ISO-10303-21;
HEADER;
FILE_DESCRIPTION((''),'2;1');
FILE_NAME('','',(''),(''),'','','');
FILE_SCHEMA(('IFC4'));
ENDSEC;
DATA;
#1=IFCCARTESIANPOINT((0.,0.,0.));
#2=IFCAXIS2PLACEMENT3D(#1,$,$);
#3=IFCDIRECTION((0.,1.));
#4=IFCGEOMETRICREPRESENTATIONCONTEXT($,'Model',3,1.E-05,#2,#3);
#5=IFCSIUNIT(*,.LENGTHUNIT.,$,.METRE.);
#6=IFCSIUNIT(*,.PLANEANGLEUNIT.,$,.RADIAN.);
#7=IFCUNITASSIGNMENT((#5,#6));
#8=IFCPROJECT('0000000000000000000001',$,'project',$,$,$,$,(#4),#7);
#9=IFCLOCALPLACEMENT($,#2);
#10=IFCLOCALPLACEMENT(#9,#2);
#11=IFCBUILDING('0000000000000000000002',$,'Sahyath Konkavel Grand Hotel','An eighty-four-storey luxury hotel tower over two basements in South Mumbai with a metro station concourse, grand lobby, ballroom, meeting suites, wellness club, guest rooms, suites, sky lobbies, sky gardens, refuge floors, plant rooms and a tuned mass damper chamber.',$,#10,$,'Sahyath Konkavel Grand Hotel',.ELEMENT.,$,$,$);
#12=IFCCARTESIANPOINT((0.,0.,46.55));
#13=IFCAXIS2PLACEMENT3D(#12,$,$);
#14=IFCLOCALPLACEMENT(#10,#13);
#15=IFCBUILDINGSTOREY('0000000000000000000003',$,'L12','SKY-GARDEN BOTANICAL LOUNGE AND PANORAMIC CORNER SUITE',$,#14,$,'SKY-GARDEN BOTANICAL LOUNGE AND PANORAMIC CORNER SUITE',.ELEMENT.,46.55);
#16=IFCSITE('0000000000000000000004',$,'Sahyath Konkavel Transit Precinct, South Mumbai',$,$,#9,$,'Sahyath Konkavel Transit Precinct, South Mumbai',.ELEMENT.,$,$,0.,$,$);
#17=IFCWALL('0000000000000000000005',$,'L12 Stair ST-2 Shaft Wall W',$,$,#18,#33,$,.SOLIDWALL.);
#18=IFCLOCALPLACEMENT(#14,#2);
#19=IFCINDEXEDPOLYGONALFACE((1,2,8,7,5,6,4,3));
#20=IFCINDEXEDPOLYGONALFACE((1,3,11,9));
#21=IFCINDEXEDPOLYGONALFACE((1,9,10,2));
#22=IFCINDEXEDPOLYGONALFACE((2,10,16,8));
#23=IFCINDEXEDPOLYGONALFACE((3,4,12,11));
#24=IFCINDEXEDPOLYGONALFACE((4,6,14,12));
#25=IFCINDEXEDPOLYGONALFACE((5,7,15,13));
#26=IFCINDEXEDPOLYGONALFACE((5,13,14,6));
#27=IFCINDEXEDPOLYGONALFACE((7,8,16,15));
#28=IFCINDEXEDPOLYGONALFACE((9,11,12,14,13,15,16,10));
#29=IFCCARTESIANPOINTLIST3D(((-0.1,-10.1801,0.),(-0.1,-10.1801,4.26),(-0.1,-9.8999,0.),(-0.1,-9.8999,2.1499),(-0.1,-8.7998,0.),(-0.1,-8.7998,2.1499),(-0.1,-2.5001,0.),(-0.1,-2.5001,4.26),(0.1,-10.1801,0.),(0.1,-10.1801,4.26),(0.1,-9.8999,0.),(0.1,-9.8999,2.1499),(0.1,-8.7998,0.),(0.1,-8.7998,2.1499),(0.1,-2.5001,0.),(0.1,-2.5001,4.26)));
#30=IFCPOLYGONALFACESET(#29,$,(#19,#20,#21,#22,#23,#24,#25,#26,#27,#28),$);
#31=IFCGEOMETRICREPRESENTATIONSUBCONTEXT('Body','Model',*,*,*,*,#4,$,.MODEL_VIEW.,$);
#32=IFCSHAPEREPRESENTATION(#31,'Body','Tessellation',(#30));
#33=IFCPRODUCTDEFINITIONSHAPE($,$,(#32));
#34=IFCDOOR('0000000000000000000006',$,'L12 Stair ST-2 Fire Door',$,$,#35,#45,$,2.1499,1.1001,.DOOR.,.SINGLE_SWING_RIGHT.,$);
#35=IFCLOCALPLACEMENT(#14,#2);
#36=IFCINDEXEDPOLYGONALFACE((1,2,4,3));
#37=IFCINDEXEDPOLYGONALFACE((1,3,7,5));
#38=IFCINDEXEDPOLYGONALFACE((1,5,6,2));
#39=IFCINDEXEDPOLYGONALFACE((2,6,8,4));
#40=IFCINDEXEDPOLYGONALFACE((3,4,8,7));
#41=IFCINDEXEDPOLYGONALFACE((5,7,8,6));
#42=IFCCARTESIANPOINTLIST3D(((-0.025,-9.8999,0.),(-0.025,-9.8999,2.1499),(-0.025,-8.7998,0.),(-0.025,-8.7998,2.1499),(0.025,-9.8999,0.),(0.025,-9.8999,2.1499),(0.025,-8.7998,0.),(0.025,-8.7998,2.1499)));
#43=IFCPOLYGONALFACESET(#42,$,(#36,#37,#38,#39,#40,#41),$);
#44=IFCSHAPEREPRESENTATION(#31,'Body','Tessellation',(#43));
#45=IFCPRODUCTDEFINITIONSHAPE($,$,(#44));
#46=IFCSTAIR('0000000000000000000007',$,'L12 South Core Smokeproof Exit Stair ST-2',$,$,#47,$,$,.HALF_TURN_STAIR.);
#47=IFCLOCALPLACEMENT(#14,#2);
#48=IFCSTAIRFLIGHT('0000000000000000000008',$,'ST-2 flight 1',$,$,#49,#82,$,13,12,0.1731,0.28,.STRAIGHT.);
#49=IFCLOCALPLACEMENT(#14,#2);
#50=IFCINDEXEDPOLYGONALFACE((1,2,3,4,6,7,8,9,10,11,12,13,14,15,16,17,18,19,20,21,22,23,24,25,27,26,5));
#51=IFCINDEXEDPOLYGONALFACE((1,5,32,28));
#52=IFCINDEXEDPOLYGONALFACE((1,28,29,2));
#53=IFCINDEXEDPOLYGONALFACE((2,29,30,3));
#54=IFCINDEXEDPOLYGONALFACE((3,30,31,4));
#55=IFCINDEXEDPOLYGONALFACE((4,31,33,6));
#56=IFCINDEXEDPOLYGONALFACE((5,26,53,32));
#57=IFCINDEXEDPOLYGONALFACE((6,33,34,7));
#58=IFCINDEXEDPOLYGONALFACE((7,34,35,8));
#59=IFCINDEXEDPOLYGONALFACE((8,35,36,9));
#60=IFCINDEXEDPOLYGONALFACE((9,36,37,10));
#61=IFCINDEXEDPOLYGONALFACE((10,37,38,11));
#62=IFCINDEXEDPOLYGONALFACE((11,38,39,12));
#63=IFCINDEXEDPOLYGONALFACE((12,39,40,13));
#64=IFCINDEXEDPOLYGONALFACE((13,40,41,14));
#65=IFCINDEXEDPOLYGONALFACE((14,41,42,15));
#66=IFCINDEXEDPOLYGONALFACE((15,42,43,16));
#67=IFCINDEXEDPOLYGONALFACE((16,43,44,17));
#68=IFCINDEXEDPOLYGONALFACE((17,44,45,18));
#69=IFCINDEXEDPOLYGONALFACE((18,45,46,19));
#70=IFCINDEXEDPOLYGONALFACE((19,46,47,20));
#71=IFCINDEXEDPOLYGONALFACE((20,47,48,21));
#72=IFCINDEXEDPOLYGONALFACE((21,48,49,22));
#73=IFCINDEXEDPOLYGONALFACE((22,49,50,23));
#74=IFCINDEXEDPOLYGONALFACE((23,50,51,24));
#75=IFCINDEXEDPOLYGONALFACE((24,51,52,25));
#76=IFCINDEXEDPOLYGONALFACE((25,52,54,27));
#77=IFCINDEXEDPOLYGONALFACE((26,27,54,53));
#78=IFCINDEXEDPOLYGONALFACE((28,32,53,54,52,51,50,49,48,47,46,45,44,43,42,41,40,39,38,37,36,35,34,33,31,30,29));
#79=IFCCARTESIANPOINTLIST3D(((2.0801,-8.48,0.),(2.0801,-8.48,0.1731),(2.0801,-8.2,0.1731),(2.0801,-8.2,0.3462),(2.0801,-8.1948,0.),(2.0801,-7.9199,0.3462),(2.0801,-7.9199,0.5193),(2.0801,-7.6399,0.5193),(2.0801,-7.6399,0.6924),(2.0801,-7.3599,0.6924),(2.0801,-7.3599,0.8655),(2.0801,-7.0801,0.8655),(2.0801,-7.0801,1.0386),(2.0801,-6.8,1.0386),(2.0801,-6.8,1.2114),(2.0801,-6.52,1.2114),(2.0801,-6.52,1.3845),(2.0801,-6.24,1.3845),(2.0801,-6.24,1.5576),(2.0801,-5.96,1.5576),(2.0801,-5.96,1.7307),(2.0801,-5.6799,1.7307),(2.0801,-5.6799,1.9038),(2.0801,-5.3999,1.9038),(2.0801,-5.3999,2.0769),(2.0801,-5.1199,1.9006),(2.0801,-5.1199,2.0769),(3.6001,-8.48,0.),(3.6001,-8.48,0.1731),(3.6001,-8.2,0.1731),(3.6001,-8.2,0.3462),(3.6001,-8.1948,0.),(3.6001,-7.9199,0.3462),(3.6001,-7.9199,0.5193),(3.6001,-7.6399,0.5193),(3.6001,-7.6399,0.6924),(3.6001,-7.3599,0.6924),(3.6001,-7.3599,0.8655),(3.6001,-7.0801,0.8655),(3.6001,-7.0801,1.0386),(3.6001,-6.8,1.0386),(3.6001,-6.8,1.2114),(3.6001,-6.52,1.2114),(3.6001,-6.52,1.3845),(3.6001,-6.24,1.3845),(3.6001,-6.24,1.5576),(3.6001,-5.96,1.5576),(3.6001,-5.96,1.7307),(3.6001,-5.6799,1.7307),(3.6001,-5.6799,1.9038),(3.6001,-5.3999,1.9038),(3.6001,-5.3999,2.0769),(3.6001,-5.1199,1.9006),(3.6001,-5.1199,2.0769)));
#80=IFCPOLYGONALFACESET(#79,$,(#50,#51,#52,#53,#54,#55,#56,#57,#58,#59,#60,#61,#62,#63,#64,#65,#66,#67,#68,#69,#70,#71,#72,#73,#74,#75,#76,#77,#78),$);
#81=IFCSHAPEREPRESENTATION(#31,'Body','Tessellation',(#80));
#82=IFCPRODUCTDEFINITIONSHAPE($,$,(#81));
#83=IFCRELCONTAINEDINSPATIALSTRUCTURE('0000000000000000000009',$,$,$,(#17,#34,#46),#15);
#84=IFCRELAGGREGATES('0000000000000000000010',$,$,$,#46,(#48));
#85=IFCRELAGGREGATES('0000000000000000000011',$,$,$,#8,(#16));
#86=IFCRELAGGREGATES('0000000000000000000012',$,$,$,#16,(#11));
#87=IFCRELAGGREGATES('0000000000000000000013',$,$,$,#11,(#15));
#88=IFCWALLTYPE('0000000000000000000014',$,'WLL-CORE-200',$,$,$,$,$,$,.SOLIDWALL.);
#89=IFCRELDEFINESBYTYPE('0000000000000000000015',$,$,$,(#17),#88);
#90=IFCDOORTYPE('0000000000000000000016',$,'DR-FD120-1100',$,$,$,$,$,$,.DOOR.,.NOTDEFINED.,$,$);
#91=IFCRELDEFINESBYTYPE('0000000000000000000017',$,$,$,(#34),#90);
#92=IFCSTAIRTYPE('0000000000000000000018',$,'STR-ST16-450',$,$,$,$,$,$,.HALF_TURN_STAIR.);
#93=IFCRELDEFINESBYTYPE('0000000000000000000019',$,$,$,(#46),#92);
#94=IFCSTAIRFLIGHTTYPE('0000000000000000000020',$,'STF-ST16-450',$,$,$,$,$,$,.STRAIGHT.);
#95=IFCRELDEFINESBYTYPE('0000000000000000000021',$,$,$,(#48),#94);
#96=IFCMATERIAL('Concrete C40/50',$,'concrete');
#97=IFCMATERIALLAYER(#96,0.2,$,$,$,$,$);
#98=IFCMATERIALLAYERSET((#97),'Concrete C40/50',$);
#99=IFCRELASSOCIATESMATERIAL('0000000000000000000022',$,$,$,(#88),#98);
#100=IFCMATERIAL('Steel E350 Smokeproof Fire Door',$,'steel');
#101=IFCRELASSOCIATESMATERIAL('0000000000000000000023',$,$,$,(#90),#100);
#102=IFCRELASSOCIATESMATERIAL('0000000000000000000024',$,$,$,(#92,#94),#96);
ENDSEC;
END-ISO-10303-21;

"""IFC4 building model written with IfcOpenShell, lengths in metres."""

from ifc_helpers import new_model, si_unit, direction, frame, frame_2d, origin, origin_2d, place, context, subcontext, project, spatial, polyline, rectangle, outline, extrude, source, transform, mapped, material, layer, layer_set, type_object, element, fill, aggregate, save


model = new_model("IFC4")

# Units and contexts
model_context = context("Model", 3, precision=1e-05, world=origin(), true_north=direction((0.0, 1.0)))
body_context = subcontext(model_context, "Body", "Model", "MODEL_VIEW")
ifc_project = project(units=[si_unit("LENGTHUNIT", "METRE"), si_unit("PLANEANGLEUNIT", "RADIAN")], contexts=[model_context])

# Site, building, storey
site_placement = place(None, origin())
site = spatial("IfcSite", under=ifc_project, at=site_placement, Name="Sahyath Konkavel Transit Precinct, South Mumbai", LongName="Sahyath Konkavel Transit Precinct, South Mumbai", CompositionType="ELEMENT", RefElevation=0.0)
building_placement = place(site_placement, origin())
building = spatial("IfcBuilding", under=site, at=building_placement, Name="Sahyath Konkavel Grand Hotel", Description="An eighty-four-storey luxury hotel tower over two basements in South Mumbai with a metro station concourse, grand lobby, ballroom, meeting suites, wellness club, guest rooms, suites, sky lobbies, sky gardens, refuge floors, plant rooms and a tuned mass damper chamber.", LongName="Sahyath Konkavel Grand Hotel", CompositionType="ELEMENT")
storey_placement = place(building_placement, frame((0.0, 0.0, 46.55)))
storey = spatial("IfcBuildingStorey", under=building, at=storey_placement, Name="L12", Description="SKY-GARDEN BOTANICAL LOUNGE AND PANORAMIC CORNER SUITE", LongName="SKY-GARDEN BOTANICAL LOUNGE AND PANORAMIC CORNER SUITE", CompositionType="ELEMENT", Elevation=46.55)

# Wall, opening, door
ifc_material_1 = material(Name="Concrete C40/50", Category="concrete")
ifc_layer_1 = layer(ifc_material_1, 0.2)
ifc_layer_set_1 = layer_set([ifc_layer_1], Name="Concrete C40/50")
wall_type_1 = type_object("IfcWallType", Name="WLL-CORE-200", PredefinedType="SOLIDWALL", material=ifc_layer_set_1)
wall_1_placement = place(storey_placement, frame((0.0, -10.1799, 0.0), z_axis=(0.0, 0.0, 1.0), x_axis=(0.0, 1.0, 0.0)))
wall_1 = element("IfcWall", 1, at=wall_1_placement, inside=storey, type_object=wall_type_1, Name="L12 Stair ST-2 Shaft Wall W", PredefinedType="SOLIDWALL", context=body_context, shape_type="SweptSolid", body=[
    extrude(rectangle(XDim=7.6799, YDim=0.2, at=frame_2d((3.8398, 0.0))), origin(), (0.0, 0.0, 1.0), 4.26),
])
opening_placement = place(wall_1_placement, frame((0.28, 0.0, 0.0)))
opening = element("IfcOpeningElement", 2, at=opening_placement, cuts=wall_1, PredefinedType="OPENING", context=body_context, shape_type="SweptSolid", body=[
    extrude(rectangle(XDim=1.1001, YDim=2.1499, at=frame_2d((0.55, 1.075))), frame((0.0, 0.1099, 0.0), z_axis=(0.0, -1.0, 0.0), x_axis=(1.0, 0.0, 0.0)), (0.0, 0.0, 1.0), 0.22),
])
ifc_material_2 = material(Name="Steel E350 Smokeproof Fire Door", Category="steel")
door_type = type_object("IfcDoorType", Name="DR-FD120-1100", OperationType="NOTDEFINED", PredefinedType="DOOR", material=ifc_material_2)
shared_shape_1 = source(origin(), body_context, "Body", "SweptSolid", [
    extrude(rectangle(XDim=1.1001, YDim=0.05, at=origin_2d()), origin(), (0.0, 0.0, 1.0), 2.1499),
])
door_placement = place(opening_placement, frame((0.55, 0.0, 0.0)))
door = element("IfcDoor", 3, at=door_placement, inside=storey, type_object=door_type, Name="L12 Stair ST-2 Fire Door", OperationType="SINGLE_SWING_RIGHT", OverallHeight=2.1499, OverallWidth=1.1001, PredefinedType="DOOR", context=body_context, shape_type="MappedRepresentation", body=[
    mapped(shared_shape_1, transform((0.0, 0.0, 0.0), scale=1.0)),
])
fill(opening, door)

# Stair, stair flight
stair_type = type_object("IfcStairType", Name="STR-ST16-450", PredefinedType="HALF_TURN_STAIR", material=ifc_material_1)
stair_placement = place(storey_placement, origin())
stair = element("IfcStair", 4, at=stair_placement, inside=storey, type_object=stair_type, Name="L12 South Core Smokeproof Exit Stair ST-2", PredefinedType="HALF_TURN_STAIR")
stair_flight_type = type_object("IfcStairFlightType", Name="STF-ST16-450", PredefinedType="STRAIGHT", material=ifc_material_1)
stair_flight_placement = place(storey_placement, frame((2.8401, -8.48, 0.0), z_axis=(0.0, 0.0, 1.0), x_axis=(0.0, 1.0, 0.0)))
stair_flight = element("IfcStairFlight", 5, at=stair_flight_placement, type_object=stair_flight_type, Name="ST-2 flight 1", NumberOfRisers=13, NumberOfTreads=12, PredefinedType="STRAIGHT", RiserHeight=0.1731, TreadLength=0.28, context=body_context, shape_type="SweptSolid", body=[
    extrude(outline(polyline([(0.0, 0.0), (0.0, 0.1731), (0.28, 0.1731), (0.28, 0.3462), (0.5601, 0.3462), (0.5601, 0.5193), (0.8401, 0.5193), (0.8401, 0.6924), (1.1201, 0.6924), (1.1201, 0.8655), (1.3999, 0.8655), (1.3999, 1.0386), (1.6799, 1.0386), (1.6799, 1.2114), (1.96, 1.2114), (1.96, 1.3845), (2.24, 1.3845), (2.24, 1.5576), (2.52, 1.5576), (2.52, 1.7307), (2.8, 1.7307), (2.8, 1.9038), (3.0801, 1.9038), (3.0801, 2.0769), (3.3601, 2.0769), (3.3601, 2.25), (3.3601, 1.9006), (0.2852, 0.0), (0.0, 0.0)])), frame((0.0, 0.76, 0.0), z_axis=(0.0, -1.0, 0.0), x_axis=(1.0, 0.0, 0.0)), (0.0, 0.0, 1.0), 1.52),
])
aggregate(stair, [stair_flight])

save(model, "model.ifc")
